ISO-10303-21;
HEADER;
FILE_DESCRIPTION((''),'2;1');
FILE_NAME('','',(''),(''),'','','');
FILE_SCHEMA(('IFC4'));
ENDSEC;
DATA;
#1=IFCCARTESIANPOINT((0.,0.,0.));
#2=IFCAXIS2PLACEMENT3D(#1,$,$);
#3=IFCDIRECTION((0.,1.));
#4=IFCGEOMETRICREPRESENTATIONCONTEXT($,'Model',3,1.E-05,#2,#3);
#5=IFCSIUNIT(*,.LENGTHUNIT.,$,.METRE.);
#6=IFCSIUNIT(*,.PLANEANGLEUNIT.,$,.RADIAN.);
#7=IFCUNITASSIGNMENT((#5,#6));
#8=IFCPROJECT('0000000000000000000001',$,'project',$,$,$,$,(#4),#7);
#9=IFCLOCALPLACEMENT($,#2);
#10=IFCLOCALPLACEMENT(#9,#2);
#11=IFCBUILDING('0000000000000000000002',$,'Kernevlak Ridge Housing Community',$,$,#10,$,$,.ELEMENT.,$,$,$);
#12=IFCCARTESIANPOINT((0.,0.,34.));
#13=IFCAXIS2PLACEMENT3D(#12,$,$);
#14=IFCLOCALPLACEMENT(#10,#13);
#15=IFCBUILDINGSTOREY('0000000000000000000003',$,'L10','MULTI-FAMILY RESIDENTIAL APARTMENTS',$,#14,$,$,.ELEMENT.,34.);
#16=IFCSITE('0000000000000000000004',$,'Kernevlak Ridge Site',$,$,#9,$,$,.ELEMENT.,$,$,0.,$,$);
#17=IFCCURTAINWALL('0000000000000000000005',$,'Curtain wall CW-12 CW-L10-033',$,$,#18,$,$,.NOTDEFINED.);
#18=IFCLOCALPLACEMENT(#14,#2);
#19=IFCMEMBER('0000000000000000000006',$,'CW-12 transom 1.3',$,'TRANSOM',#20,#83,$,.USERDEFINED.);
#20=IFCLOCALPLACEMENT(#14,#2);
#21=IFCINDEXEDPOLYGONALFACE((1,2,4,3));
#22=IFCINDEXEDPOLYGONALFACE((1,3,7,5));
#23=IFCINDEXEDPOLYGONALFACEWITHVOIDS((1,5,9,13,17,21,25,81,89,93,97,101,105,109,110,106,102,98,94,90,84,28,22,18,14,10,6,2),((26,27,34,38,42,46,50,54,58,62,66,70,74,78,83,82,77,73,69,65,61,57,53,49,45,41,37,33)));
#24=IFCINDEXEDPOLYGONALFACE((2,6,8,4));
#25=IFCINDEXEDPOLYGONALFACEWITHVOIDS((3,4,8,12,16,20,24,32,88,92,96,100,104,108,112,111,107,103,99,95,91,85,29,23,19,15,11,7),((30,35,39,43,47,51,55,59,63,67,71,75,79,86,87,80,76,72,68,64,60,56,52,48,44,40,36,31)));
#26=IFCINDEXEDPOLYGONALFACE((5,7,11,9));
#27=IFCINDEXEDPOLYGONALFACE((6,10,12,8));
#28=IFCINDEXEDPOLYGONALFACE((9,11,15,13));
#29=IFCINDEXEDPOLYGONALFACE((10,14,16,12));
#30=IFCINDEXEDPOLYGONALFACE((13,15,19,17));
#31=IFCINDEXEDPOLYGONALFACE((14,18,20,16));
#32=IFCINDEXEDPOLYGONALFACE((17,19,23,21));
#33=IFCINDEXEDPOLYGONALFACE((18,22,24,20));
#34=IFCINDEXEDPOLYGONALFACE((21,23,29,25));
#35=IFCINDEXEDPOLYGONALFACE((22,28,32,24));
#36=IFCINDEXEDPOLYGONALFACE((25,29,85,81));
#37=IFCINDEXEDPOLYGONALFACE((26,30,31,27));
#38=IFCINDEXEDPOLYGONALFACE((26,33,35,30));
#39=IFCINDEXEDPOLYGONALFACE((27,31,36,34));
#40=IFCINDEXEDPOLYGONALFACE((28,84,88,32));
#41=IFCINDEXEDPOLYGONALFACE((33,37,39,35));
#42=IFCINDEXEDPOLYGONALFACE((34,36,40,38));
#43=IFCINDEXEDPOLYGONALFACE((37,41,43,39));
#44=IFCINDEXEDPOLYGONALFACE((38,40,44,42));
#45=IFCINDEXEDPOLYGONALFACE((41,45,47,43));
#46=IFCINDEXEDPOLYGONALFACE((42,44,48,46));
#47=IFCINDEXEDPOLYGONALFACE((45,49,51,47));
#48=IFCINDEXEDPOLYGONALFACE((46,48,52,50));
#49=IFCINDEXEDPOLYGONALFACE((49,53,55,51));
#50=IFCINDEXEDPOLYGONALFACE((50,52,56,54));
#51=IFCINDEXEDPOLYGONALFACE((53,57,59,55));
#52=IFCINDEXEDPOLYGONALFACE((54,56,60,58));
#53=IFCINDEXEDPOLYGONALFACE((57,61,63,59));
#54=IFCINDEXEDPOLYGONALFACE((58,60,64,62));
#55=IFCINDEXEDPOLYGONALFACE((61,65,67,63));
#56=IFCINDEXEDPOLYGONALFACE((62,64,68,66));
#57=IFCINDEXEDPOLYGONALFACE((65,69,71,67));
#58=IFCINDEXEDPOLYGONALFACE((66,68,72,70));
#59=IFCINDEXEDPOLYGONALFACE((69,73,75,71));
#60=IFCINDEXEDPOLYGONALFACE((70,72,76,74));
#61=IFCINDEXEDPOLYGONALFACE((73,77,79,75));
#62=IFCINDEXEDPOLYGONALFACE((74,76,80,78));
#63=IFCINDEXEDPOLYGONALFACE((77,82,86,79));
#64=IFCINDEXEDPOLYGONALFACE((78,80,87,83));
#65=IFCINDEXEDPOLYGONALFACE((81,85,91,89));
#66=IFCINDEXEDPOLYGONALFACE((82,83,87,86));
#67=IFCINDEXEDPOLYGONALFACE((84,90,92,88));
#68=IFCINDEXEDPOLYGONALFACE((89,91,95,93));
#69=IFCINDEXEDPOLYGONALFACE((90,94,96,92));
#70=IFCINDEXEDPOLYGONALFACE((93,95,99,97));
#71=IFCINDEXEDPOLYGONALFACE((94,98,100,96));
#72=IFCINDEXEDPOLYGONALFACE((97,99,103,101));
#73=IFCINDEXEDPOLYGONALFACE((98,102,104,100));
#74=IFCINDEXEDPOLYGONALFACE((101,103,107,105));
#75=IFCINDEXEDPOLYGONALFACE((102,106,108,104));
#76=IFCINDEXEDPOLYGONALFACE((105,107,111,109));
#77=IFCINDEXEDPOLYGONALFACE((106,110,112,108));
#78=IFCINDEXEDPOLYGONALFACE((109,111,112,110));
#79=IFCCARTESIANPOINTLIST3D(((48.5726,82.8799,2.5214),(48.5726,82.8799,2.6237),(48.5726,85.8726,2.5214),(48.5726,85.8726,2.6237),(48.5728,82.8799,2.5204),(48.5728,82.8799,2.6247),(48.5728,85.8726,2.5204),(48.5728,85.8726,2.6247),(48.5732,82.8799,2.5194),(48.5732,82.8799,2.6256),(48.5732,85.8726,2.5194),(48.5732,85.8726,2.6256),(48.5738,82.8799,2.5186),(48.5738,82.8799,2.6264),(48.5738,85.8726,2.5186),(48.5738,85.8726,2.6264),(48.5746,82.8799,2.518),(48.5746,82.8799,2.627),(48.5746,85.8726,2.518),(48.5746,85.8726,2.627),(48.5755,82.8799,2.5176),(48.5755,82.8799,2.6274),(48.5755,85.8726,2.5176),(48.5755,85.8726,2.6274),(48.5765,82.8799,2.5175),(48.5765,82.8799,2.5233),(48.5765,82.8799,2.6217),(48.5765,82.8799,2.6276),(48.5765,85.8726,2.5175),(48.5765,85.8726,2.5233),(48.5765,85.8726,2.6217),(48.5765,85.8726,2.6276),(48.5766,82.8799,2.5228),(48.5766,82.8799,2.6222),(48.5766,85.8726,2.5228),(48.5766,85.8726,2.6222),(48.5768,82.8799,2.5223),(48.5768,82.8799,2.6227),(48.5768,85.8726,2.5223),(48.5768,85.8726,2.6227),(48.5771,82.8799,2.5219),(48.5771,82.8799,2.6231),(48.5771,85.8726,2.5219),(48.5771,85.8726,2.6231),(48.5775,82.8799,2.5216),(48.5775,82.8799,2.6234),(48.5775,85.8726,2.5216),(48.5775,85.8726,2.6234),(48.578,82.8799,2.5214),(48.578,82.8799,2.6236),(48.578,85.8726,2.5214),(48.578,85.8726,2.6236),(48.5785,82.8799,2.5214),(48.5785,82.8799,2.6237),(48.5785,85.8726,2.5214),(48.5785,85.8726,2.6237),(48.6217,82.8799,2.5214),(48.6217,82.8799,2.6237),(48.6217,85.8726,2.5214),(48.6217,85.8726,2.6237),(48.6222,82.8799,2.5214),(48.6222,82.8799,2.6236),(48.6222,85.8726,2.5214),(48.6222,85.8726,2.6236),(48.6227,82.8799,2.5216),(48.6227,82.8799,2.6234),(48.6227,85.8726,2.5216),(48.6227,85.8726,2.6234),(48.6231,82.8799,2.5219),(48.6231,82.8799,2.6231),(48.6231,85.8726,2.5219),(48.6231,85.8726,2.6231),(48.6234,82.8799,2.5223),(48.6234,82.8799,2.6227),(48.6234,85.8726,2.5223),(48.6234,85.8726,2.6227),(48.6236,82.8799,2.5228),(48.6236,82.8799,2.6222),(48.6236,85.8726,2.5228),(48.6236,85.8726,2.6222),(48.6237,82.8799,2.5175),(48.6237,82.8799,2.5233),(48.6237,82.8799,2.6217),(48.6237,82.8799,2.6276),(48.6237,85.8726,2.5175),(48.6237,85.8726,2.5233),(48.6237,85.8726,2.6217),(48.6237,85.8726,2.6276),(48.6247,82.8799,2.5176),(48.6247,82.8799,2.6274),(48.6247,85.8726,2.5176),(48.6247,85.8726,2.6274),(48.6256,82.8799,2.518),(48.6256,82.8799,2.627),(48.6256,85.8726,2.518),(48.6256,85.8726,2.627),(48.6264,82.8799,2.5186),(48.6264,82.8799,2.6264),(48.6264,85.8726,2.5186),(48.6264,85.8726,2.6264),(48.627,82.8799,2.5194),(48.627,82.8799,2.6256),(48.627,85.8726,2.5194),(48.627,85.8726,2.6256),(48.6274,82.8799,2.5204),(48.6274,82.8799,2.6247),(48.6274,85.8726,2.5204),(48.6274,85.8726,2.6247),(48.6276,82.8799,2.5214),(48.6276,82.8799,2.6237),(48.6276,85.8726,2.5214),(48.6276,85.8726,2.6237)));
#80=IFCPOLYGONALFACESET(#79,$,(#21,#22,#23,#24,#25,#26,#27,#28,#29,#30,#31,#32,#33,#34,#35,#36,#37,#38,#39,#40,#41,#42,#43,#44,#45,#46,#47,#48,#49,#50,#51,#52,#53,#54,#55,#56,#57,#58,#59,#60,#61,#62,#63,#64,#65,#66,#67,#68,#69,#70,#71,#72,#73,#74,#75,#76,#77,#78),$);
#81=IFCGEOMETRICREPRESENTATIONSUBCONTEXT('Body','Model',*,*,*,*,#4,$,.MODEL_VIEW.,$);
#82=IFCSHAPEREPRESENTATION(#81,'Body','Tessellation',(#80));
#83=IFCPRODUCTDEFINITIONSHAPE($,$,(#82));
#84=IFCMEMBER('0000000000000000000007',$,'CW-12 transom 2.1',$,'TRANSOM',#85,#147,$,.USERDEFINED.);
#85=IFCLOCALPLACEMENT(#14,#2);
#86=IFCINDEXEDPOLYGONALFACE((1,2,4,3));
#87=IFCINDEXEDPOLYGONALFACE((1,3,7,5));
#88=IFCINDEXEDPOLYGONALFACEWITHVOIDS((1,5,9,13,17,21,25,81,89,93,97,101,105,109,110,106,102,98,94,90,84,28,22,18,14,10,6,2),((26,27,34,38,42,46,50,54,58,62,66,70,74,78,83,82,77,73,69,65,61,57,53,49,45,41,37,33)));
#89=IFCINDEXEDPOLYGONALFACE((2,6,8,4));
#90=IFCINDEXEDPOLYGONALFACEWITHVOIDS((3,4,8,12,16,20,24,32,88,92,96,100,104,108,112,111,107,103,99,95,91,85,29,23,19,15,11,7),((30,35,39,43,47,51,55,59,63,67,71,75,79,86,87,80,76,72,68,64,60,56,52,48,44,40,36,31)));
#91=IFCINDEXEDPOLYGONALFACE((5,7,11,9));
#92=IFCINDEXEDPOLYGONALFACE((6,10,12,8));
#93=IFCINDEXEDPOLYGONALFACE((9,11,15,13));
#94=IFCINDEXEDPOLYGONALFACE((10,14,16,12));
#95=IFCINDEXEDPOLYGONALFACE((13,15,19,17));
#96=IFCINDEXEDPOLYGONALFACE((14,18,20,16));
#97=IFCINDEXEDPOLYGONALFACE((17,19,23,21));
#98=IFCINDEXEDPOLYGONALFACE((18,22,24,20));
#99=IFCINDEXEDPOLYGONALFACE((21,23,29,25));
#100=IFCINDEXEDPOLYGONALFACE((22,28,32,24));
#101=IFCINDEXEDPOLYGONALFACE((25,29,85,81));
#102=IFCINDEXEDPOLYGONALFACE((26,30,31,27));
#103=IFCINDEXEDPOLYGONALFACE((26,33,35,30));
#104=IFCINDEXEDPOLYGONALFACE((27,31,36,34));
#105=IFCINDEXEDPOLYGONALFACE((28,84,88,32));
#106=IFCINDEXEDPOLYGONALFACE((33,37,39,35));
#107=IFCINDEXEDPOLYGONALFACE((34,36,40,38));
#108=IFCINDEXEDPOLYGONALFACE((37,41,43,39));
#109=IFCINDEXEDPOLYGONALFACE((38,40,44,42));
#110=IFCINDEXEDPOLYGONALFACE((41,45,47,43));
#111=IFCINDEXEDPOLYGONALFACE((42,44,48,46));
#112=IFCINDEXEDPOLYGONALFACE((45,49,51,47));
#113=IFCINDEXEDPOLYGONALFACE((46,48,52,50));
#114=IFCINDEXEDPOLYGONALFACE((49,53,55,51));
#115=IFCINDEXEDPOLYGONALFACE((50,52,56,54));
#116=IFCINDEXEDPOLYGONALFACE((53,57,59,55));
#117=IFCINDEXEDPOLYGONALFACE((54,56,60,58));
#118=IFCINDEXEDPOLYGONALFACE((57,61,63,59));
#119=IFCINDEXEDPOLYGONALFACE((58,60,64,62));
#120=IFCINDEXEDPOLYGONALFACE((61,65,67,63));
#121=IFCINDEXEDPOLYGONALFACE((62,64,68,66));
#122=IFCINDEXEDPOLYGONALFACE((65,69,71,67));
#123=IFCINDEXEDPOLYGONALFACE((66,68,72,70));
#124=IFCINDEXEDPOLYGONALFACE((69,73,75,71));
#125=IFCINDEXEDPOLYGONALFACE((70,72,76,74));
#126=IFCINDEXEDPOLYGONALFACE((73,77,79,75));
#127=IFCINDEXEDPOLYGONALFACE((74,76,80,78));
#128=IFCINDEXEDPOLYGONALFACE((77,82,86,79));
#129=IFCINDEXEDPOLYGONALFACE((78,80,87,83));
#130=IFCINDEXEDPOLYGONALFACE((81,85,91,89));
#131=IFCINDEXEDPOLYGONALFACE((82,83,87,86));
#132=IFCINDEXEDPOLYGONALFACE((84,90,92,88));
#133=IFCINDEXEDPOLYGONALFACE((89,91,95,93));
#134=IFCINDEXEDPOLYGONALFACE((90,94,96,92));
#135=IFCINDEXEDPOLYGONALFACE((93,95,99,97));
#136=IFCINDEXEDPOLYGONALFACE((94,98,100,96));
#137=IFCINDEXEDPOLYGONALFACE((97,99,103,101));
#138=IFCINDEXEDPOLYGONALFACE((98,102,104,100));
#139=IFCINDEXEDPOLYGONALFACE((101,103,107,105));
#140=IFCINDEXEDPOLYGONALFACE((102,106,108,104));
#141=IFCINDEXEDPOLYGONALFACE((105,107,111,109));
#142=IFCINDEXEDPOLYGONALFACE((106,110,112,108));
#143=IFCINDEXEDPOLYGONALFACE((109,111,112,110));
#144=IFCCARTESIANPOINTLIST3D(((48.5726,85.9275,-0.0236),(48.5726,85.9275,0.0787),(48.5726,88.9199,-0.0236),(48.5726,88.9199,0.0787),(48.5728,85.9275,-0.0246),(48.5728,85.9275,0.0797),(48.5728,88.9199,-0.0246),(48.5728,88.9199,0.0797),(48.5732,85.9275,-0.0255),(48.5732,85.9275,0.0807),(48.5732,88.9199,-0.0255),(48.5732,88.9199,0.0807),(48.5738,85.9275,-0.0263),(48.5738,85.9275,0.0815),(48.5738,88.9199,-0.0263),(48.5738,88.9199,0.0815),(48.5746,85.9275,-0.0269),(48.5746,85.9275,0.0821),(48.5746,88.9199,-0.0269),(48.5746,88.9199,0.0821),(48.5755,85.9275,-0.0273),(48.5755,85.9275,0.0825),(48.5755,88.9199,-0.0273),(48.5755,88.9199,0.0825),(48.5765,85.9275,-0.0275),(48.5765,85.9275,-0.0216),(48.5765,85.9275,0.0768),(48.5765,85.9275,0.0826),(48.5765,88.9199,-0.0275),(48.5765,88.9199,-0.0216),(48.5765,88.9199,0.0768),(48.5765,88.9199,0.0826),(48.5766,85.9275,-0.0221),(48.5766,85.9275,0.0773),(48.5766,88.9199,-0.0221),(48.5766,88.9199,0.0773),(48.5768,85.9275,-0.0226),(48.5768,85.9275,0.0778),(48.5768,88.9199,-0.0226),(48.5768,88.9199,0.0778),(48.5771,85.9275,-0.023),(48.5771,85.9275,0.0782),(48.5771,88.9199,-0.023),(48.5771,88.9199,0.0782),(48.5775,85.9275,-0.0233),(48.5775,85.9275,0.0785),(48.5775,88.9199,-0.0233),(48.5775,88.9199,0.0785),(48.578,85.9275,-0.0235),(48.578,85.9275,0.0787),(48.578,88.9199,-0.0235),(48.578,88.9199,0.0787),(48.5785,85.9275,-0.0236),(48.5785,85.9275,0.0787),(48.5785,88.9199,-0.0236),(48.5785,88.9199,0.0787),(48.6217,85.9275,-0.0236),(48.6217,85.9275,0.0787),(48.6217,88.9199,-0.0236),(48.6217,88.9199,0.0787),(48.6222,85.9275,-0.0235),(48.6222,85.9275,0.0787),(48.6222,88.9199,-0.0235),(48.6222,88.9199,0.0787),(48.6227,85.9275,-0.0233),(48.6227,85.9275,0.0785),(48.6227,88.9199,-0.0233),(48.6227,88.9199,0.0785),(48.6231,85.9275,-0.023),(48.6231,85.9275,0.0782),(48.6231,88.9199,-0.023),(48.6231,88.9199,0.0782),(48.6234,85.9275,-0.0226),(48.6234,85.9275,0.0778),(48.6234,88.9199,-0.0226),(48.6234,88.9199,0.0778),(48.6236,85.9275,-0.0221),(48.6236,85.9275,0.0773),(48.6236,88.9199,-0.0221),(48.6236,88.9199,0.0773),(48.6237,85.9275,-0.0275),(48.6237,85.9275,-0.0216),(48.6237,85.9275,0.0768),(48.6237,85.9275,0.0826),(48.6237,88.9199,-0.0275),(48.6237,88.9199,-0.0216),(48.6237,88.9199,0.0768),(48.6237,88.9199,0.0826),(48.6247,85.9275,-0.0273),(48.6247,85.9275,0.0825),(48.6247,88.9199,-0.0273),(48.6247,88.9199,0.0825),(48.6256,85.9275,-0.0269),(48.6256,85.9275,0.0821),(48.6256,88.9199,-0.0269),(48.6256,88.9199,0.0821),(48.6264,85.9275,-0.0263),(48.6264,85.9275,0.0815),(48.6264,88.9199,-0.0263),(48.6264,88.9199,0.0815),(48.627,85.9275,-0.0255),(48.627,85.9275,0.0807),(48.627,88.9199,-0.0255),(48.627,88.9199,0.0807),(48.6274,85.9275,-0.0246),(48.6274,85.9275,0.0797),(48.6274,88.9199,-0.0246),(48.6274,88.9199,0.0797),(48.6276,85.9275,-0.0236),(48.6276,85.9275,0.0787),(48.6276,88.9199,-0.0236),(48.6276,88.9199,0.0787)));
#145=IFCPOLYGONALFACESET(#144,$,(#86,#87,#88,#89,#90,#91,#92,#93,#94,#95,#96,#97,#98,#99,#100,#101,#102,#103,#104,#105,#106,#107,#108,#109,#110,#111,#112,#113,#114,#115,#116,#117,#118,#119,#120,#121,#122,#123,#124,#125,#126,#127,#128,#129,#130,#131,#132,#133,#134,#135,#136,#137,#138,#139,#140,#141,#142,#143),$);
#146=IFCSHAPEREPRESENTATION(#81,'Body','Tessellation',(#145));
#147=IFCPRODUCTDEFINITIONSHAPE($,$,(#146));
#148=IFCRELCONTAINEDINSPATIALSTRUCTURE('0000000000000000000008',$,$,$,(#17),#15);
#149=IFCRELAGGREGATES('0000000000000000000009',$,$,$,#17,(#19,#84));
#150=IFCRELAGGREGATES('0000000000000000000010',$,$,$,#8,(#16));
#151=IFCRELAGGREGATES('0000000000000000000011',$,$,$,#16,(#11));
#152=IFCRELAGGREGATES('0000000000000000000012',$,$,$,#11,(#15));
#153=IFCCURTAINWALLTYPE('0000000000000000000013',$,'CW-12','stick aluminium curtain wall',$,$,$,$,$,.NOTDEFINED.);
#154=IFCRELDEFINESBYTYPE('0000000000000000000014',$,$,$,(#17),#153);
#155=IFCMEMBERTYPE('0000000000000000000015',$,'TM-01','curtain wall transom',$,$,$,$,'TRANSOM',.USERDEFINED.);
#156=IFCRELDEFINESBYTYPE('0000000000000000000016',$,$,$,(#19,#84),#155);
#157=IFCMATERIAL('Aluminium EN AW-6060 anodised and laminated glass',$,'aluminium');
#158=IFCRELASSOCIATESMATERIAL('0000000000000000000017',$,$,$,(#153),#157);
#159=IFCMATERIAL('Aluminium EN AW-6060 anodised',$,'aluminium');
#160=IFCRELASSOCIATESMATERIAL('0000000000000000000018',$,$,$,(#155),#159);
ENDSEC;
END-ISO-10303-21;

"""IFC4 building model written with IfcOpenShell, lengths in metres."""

from ifc_helpers import new_model, si_unit, direction, frame, origin, origin_2d, place, context, subcontext, project, spatial, hollow_rectangle, extrude, material, material_profile, profile_set, type_object, element, aggregate, save


model = new_model("IFC4")

# Units and contexts
model_context = context("Model", 3, precision=1e-05, world=origin(), true_north=direction((0.0, 1.0)))
body_context = subcontext(model_context, "Body", "Model", "MODEL_VIEW")
ifc_project = project(units=[si_unit("LENGTHUNIT", "METRE"), si_unit("PLANEANGLEUNIT", "RADIAN")], contexts=[model_context])

# Site, building, storey
site_placement = place(None, origin())
site = spatial("IfcSite", under=ifc_project, at=site_placement, Name="Kernevlak Ridge Site", CompositionType="ELEMENT", RefElevation=0.0)
building_placement = place(site_placement, origin())
building = spatial("IfcBuilding", under=site, at=building_placement, Name="Kernevlak Ridge Housing Community", CompositionType="ELEMENT")
storey_placement = place(building_placement, frame((0.0, 0.0, 34.0)))
storey = spatial("IfcBuildingStorey", under=building, at=storey_placement, Name="L10", Description="MULTI-FAMILY RESIDENTIAL APARTMENTS", CompositionType="ELEMENT", Elevation=34.0)

# Curtain wall
ifc_material_1 = material(Name="Aluminium EN AW-6060 anodised and laminated glass", Category="aluminium")
curtain_wall_type = type_object("IfcCurtainWallType", Name="CW-12", Description="stick aluminium curtain wall", PredefinedType="NOTDEFINED", material=ifc_material_1)
curtain_wall_placement = place(storey_placement, origin())
curtain_wall = element("IfcCurtainWall", 1, at=curtain_wall_placement, inside=storey, type_object=curtain_wall_type, Name="Curtain wall CW-12 CW-L10-033", PredefinedType="NOTDEFINED")
ifc_material_2 = material(Name="Aluminium EN AW-6060 anodised", Category="aluminium")

# Members
ifc_material_profile_1 = material_profile(ifc_material_2, hollow_rectangle(XDim=0.0549, YDim=0.1101, WallThickness=0.0039, InnerFilletRadius=0.002, OuterFilletRadius=0.0039, at=origin_2d()), Name="ALU 55x110x4")
ifc_profile_set_1 = profile_set([ifc_material_profile_1], Name="Aluminium EN AW-6060 anodised")
member_type_1 = type_object("IfcMemberType", Name="TM-01", Description="curtain wall transom", ElementType="TRANSOM", PredefinedType="USERDEFINED", material=ifc_profile_set_1)
member_1_placement = place(storey_placement, frame((48.6001, 82.8799, 2.5725), z_axis=(0.0, 1.0, 0.0), x_axis=(-1.0, 0.0, 0.0)))
member_1 = element("IfcMember", 2, at=member_1_placement, type_object=member_type_1, Name="CW-12 transom 1.3", ObjectType="TRANSOM", PredefinedType="USERDEFINED", context=body_context, shape_type="SweptSolid", body=[
    extrude(hollow_rectangle(XDim=0.0549, YDim=0.1101, WallThickness=0.0039, InnerFilletRadius=0.002, OuterFilletRadius=0.0039, at=origin_2d()), origin(), (0.0, 0.0, 1.0), 2.9927),
])
member_2_placement = place(storey_placement, frame((48.6001, 85.9275, 0.0276), z_axis=(0.0, 1.0, 0.0), x_axis=(-1.0, 0.0, 0.0)))
member_2 = element("IfcMember", 3, at=member_2_placement, type_object=member_type_1, Name="CW-12 transom 2.1", ObjectType="TRANSOM", PredefinedType="USERDEFINED", context=body_context, shape_type="SweptSolid", body=[
    extrude(hollow_rectangle(XDim=0.0549, YDim=0.1101, WallThickness=0.0039, InnerFilletRadius=0.002, OuterFilletRadius=0.0039, at=origin_2d()), origin(), (0.0, 0.0, 1.0), 2.9924),
])

aggregate(curtain_wall, [member_1, member_2])

save(model, "model.ifc")
